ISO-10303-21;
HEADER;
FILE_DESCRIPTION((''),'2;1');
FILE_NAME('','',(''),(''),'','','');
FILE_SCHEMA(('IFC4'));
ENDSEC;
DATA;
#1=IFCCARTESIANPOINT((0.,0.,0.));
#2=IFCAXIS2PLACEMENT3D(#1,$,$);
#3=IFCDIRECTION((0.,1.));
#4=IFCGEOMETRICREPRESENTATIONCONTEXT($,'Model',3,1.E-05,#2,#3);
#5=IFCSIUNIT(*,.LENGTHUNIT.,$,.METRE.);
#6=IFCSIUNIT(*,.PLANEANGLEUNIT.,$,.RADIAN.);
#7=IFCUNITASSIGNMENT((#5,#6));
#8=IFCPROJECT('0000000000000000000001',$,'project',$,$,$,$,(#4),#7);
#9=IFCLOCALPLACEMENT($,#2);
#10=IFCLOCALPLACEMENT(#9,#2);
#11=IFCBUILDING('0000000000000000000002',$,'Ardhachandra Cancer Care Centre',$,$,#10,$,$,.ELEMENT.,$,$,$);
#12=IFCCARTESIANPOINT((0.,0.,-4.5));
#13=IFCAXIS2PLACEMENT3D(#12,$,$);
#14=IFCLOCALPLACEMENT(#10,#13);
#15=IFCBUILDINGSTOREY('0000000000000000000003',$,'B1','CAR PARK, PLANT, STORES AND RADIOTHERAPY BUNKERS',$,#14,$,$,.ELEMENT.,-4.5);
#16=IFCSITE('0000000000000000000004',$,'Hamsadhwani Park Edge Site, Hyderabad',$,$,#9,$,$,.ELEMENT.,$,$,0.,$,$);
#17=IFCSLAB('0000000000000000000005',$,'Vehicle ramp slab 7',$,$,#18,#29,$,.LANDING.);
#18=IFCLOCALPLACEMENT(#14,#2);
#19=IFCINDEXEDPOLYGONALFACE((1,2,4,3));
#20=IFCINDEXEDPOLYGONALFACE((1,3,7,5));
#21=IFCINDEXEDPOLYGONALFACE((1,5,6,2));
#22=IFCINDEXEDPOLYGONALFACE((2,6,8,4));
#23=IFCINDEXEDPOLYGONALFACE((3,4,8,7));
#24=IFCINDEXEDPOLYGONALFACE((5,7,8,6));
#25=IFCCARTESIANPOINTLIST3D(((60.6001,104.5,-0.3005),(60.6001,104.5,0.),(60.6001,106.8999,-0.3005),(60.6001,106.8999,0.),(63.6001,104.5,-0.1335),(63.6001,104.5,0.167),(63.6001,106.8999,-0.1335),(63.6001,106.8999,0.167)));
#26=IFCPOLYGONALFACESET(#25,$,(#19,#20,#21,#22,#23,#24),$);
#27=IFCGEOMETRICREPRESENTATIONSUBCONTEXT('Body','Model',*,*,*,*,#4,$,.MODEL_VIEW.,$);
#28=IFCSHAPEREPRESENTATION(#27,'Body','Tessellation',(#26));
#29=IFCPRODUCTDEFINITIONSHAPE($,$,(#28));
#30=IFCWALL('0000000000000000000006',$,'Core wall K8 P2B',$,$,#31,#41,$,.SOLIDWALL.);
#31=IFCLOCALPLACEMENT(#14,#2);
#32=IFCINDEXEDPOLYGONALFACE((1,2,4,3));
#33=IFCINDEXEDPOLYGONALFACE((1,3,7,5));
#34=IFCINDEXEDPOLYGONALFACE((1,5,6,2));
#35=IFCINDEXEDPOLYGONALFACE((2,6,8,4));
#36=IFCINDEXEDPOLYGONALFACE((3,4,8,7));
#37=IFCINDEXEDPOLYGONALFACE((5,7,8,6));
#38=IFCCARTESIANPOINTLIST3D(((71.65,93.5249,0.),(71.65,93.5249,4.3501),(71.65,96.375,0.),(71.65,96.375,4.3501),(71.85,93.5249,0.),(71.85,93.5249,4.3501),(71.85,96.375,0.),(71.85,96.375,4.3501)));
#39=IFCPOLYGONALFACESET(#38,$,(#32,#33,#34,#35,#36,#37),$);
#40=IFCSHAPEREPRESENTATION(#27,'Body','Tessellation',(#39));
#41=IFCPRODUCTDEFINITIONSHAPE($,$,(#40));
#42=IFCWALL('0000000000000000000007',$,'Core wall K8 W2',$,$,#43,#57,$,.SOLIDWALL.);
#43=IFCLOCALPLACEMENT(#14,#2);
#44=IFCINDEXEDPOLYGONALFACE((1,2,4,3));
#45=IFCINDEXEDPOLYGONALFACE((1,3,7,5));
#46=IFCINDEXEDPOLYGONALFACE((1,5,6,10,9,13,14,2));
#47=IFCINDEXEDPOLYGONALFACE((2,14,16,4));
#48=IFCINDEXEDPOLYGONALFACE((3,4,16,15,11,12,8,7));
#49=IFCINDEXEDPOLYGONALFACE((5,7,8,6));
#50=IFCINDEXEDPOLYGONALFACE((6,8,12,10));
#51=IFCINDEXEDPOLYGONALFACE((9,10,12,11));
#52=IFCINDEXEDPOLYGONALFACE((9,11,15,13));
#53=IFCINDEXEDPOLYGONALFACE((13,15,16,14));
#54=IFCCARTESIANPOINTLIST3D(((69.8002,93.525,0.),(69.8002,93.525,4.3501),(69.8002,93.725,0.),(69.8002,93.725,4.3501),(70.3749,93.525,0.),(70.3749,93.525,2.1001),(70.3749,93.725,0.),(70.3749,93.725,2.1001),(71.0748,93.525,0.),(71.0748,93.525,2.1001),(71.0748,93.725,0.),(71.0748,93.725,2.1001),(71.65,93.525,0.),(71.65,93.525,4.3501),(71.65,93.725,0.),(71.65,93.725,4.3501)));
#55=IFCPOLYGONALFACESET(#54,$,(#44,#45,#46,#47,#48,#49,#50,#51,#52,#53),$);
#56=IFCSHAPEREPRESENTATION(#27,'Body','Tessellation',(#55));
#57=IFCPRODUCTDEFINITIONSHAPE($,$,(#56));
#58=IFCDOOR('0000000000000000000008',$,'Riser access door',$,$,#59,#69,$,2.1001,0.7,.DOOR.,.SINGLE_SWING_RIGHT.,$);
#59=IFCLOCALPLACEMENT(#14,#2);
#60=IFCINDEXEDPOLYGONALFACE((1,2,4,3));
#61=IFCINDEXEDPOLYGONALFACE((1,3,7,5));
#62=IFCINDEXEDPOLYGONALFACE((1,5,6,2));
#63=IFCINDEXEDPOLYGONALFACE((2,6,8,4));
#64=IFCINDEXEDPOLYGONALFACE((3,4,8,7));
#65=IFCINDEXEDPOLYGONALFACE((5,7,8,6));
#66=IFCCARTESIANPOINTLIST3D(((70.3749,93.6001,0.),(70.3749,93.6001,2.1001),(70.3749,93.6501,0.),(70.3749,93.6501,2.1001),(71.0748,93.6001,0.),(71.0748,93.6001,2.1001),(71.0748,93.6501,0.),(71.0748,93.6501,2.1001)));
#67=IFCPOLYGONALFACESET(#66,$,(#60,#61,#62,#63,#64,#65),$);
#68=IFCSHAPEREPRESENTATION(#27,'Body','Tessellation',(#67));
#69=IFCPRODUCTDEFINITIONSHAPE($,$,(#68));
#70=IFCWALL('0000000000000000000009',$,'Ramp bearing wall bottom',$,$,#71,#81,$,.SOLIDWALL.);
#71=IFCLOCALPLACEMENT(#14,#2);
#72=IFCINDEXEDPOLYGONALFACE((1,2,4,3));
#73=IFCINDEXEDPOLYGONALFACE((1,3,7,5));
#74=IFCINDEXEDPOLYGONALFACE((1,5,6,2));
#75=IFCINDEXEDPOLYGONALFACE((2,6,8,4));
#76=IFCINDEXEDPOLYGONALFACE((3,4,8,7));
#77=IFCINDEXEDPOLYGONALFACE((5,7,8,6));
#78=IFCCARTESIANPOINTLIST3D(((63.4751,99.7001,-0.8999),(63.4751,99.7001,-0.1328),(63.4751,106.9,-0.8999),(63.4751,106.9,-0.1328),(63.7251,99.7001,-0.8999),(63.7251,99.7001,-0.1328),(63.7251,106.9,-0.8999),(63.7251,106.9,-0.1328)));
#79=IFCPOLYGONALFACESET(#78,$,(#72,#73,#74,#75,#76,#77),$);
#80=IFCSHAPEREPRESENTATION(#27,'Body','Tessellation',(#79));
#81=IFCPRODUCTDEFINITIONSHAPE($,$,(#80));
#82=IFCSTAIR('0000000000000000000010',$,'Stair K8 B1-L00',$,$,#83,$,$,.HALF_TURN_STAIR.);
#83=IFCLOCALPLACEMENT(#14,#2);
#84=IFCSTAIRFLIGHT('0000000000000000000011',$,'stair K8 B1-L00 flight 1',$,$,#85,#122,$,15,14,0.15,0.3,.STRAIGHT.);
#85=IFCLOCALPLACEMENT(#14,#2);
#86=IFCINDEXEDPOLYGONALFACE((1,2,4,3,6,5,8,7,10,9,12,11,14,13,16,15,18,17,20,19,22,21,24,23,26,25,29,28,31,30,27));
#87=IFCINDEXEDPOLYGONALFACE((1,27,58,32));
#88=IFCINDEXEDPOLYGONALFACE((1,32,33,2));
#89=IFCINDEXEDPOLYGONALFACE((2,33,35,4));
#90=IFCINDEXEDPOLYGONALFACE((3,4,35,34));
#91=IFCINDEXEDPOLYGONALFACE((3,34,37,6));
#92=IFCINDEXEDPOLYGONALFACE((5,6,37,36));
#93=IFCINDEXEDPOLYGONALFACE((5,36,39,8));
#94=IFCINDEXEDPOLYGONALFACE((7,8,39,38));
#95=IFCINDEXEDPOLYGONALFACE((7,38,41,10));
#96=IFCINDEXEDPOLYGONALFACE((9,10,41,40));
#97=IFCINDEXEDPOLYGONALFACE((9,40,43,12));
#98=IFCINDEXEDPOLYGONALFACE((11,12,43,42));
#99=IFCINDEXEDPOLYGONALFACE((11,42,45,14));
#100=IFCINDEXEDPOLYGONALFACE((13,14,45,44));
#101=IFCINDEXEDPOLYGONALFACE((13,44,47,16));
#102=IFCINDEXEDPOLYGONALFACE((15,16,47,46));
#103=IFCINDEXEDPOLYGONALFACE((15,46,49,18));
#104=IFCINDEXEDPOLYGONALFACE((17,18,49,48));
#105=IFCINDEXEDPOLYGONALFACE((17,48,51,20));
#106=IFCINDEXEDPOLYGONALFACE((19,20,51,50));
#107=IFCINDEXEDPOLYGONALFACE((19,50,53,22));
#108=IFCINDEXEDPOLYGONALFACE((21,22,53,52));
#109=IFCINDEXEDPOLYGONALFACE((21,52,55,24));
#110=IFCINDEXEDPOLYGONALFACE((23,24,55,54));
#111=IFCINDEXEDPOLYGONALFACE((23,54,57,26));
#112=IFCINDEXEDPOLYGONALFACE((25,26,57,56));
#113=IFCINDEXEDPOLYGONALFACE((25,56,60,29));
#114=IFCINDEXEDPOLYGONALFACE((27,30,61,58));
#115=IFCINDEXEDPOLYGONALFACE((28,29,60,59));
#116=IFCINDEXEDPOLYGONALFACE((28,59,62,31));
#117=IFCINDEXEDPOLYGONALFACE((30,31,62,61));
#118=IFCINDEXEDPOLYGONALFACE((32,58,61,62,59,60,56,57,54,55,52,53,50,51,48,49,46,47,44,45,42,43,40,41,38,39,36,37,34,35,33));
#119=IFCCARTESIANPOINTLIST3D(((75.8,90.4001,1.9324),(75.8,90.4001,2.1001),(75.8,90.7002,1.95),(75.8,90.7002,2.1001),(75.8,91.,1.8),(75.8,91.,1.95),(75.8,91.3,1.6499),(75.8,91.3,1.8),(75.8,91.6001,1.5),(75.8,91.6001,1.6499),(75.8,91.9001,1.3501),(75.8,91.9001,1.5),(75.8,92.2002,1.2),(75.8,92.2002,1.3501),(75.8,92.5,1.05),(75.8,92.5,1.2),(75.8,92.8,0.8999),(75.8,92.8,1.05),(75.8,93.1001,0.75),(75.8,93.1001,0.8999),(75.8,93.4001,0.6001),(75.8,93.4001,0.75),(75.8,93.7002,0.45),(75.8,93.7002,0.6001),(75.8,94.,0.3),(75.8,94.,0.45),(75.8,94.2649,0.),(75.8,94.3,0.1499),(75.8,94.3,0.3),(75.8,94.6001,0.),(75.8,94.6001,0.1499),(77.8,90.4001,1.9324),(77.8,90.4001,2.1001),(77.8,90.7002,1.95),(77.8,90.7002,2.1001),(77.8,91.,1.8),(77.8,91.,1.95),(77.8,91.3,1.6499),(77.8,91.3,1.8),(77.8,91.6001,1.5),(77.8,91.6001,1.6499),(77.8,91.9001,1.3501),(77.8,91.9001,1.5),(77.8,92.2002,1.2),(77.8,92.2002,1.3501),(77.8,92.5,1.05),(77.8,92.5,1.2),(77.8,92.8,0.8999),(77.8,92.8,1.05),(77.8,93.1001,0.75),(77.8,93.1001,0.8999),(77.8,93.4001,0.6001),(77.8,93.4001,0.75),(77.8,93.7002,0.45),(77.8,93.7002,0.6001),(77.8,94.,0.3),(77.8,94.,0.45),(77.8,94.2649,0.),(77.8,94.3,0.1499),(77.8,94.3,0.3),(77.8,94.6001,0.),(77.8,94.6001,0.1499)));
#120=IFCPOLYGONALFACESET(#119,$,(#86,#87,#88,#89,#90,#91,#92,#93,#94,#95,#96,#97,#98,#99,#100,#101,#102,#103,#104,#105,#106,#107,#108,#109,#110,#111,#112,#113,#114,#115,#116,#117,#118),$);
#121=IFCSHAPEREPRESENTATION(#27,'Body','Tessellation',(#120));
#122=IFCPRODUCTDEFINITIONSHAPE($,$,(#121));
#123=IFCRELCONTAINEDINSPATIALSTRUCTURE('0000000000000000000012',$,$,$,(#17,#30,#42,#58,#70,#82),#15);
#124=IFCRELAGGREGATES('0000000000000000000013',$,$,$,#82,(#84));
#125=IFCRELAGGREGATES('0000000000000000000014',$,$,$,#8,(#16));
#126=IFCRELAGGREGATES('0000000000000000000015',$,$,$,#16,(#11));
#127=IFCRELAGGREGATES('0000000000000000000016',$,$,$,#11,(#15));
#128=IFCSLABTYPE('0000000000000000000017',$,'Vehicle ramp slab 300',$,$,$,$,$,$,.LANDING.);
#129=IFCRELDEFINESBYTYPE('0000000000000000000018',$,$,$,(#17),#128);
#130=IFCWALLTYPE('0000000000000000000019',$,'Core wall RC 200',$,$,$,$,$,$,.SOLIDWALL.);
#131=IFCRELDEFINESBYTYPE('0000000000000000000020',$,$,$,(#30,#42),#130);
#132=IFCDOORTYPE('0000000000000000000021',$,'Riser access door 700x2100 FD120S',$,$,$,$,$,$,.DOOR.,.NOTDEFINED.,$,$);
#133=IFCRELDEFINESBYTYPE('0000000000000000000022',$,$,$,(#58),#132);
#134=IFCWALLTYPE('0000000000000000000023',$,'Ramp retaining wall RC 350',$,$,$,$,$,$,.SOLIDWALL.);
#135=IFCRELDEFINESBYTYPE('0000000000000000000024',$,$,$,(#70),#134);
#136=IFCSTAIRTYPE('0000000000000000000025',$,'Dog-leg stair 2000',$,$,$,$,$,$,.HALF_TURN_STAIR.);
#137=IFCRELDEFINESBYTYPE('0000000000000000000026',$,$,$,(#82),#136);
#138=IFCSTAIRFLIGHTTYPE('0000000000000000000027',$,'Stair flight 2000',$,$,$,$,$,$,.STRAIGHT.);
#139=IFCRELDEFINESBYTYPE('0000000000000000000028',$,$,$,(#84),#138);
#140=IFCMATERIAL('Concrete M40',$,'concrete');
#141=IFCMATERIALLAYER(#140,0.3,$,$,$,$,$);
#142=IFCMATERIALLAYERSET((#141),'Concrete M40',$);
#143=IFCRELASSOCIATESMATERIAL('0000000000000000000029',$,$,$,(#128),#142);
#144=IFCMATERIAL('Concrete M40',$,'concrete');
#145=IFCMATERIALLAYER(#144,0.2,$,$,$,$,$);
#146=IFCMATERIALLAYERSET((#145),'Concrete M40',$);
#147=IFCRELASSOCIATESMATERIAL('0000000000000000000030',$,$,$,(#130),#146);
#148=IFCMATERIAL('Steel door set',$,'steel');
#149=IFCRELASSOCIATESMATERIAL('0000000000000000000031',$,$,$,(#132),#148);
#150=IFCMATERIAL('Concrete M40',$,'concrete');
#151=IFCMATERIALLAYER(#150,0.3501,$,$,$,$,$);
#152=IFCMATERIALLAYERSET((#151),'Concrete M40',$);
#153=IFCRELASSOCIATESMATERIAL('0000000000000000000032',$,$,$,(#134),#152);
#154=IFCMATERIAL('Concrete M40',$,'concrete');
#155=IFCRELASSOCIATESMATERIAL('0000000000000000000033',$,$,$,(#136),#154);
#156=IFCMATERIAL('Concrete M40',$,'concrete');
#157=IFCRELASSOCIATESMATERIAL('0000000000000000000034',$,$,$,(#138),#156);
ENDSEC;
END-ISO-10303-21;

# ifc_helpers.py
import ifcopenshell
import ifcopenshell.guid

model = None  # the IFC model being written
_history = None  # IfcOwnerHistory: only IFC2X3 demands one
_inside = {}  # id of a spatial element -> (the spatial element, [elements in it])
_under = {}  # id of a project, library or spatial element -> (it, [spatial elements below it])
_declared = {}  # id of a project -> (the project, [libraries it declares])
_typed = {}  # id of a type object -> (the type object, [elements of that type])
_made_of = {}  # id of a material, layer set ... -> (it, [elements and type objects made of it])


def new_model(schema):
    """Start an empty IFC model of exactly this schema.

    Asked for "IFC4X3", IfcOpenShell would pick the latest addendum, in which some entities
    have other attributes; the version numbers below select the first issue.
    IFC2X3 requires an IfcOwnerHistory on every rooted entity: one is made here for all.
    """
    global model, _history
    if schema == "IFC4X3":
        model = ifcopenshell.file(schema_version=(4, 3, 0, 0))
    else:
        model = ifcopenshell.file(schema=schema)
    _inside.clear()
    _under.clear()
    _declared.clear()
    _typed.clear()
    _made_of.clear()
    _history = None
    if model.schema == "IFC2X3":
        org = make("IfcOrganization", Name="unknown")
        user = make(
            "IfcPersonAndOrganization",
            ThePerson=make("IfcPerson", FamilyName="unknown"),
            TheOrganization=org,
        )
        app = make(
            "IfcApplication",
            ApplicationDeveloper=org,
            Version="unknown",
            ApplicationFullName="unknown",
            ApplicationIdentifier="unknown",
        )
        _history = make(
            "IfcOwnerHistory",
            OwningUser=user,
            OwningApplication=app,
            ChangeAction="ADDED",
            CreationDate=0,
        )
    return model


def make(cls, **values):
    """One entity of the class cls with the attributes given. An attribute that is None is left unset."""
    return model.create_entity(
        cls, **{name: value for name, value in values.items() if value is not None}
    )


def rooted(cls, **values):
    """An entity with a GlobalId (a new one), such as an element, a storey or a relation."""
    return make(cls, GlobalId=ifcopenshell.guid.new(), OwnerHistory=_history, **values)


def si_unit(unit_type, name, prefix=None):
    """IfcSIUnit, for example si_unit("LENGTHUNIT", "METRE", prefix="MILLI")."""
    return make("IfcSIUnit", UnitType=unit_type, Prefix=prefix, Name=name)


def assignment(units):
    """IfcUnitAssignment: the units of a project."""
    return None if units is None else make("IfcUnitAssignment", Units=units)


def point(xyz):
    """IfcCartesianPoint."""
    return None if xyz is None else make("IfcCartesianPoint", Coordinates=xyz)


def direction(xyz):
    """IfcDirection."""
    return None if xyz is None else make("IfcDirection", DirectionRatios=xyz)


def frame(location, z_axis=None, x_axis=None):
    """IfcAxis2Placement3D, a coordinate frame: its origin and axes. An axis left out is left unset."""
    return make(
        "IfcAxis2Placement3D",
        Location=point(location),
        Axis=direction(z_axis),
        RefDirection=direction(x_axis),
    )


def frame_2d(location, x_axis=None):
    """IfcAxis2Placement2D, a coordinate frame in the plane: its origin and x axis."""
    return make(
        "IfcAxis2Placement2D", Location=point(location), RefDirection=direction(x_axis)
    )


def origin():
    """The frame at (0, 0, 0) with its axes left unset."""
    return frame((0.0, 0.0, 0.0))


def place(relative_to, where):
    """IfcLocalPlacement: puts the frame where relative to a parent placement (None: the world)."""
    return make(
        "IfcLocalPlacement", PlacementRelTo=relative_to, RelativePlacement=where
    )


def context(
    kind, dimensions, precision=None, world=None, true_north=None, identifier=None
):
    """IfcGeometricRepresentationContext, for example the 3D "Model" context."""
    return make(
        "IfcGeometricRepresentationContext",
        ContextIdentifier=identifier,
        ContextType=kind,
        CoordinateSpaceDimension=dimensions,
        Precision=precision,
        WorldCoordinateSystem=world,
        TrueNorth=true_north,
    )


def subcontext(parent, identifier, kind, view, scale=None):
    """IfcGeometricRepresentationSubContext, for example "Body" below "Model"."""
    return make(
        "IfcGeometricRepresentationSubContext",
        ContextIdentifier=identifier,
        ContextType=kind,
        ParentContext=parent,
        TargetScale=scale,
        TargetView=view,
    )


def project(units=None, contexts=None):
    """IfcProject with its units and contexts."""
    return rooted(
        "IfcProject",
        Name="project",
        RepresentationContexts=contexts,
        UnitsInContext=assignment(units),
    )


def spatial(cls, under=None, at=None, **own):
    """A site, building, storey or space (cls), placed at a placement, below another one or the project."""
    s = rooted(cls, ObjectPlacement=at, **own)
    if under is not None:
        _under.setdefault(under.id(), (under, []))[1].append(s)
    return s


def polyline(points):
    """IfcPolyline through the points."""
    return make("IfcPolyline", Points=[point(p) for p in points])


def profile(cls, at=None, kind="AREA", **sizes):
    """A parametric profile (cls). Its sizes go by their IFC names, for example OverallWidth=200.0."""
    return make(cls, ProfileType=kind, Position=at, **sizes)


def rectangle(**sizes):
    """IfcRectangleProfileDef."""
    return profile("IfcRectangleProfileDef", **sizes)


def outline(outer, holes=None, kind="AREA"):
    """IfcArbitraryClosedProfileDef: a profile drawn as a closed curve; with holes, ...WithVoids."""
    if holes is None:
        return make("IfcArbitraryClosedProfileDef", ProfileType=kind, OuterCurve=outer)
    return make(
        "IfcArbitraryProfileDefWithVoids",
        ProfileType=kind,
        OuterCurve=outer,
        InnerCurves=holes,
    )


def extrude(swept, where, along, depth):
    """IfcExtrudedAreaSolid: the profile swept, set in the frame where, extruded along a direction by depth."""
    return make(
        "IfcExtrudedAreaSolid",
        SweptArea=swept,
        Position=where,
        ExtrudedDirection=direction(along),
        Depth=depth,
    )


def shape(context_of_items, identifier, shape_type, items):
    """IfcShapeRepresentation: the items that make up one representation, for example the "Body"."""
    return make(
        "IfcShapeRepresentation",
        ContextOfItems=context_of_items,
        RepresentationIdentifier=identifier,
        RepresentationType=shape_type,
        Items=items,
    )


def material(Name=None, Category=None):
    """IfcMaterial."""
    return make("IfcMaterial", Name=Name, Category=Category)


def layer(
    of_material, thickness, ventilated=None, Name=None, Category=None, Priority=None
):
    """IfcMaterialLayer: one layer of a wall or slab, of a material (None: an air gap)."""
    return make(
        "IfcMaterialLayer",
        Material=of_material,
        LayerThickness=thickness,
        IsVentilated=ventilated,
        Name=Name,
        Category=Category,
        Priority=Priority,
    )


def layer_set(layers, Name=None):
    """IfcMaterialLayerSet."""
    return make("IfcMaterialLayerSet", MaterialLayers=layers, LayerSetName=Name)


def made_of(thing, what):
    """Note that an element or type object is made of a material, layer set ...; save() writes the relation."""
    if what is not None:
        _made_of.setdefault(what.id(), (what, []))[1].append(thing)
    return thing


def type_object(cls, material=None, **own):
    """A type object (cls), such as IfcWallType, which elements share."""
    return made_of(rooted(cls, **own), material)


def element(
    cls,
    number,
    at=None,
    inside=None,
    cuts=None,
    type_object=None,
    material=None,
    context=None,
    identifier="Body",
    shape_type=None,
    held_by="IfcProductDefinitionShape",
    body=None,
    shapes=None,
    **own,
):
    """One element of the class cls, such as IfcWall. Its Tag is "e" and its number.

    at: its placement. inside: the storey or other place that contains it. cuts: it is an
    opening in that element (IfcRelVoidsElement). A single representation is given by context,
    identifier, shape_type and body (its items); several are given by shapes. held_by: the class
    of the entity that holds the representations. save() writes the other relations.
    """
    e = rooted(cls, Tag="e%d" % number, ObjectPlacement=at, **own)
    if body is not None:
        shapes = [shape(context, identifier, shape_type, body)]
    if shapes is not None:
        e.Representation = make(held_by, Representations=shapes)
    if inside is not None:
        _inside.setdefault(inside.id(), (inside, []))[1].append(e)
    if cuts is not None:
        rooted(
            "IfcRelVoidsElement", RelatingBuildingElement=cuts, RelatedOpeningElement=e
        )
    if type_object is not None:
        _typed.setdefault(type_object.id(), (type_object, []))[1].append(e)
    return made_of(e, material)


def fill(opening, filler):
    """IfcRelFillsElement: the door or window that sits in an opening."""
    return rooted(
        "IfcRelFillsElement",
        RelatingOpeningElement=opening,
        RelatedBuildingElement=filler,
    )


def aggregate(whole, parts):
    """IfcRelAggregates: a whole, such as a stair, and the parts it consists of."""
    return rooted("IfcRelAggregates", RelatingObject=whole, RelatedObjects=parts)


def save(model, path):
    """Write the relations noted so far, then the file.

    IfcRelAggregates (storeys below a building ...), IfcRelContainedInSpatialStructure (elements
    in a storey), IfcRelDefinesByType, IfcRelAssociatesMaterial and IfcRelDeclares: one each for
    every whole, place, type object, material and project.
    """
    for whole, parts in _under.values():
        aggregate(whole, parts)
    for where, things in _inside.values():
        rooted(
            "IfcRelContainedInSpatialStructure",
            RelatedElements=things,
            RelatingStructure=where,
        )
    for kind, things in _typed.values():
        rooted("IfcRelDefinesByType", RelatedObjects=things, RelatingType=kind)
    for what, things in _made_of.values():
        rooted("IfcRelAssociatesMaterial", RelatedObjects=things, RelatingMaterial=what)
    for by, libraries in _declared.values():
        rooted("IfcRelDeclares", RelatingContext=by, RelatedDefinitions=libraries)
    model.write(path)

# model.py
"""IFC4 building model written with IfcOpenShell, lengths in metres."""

from ifc_helpers import new_model, si_unit, direction, frame, frame_2d, origin, place, context, subcontext, project, spatial, polyline, rectangle, outline, extrude, material, layer, layer_set, type_object, element, fill, aggregate, save


model = new_model("IFC4")

# Units and contexts
model_context = context("Model", 3, precision=1e-05, world=origin(), true_north=direction((0.0, 1.0)))
body_context = subcontext(model_context, "Body", "Model", "MODEL_VIEW")
ifc_project = project(units=[si_unit("LENGTHUNIT", "METRE"), si_unit("PLANEANGLEUNIT", "RADIAN")], contexts=[model_context])

# Site, building, storey
site_placement = place(None, origin())
site = spatial("IfcSite", under=ifc_project, at=site_placement, Name="Hamsadhwani Park Edge Site, Hyderabad", CompositionType="ELEMENT", RefElevation=0.0)
building_placement = place(site_placement, origin())
building = spatial("IfcBuilding", under=site, at=building_placement, Name="Ardhachandra Cancer Care Centre", CompositionType="ELEMENT")
storey_placement = place(building_placement, frame((0.0, 0.0, -4.5)))
storey = spatial("IfcBuildingStorey", under=building, at=storey_placement, Name="B1", Description="CAR PARK, PLANT, STORES AND RADIOTHERAPY BUNKERS", CompositionType="ELEMENT", Elevation=-4.5)

# Slab
ifc_material_1 = material(Name="Concrete M40", Category="concrete")
ifc_layer_1 = layer(ifc_material_1, 0.3)
ifc_layer_set_1 = layer_set([ifc_layer_1], Name="Concrete M40")
slab_type = type_object("IfcSlabType", Name="Vehicle ramp slab 300", PredefinedType="LANDING", material=ifc_layer_set_1)
for number, where, z_axis, x_axis, name in (
    (1, (63.6001, 105.7, 0.167), (0.0, 0.0, 1.0), (-1.0, 0.0, 0.0), "Vehicle ramp slab 7"),
):
    element("IfcSlab", number, at=place(storey_placement, frame(where, z_axis=z_axis, x_axis=x_axis)), inside=storey, type_object=slab_type, Name=name, PredefinedType="LANDING", context=body_context, shape_type="SweptSolid", body=[
        extrude(outline(polyline([(0.0, -0.3005), (3.0, -0.4675), (3.0, -0.167), (0.0, 0.0), (0.0, -0.3005)])), frame((0.0, 1.2, 0.0), z_axis=(0.0, -1.0, 0.0), x_axis=(1.0, 0.0, 0.0)), (0.0, 0.0, 1.0), 2.3999),
    ])

# Wall
ifc_material_2 = material(Name="Concrete M40", Category="concrete")
ifc_layer_2 = layer(ifc_material_2, 0.2)
ifc_layer_set_2 = layer_set([ifc_layer_2], Name="Concrete M40")
wall_type_1 = type_object("IfcWallType", Name="Core wall RC 200", PredefinedType="SOLIDWALL", material=ifc_layer_set_2)
wall_1_placement = place(storey_placement, frame((71.75, 93.5249, 0.0), z_axis=(0.0, 0.0, 1.0), x_axis=(0.0, 1.0, 0.0)))
element("IfcWall", 2, at=wall_1_placement, inside=storey, type_object=wall_type_1, Name="Core wall K8 P2B", PredefinedType="SOLIDWALL", context=body_context, shape_type="SweptSolid", body=[
    extrude(rectangle(XDim=2.8501, YDim=0.2, at=frame_2d((1.425, 0.0))), origin(), (0.0, 0.0, 1.0), 4.3501),
])

# Wall, opening, door
wall_2_placement = place(storey_placement, frame((71.6499, 93.625, 0.0), z_axis=(0.0, 0.0, 1.0), x_axis=(-1.0, 0.0, 0.0)))
wall_2 = element("IfcWall", 3, at=wall_2_placement, inside=storey, type_object=wall_type_1, Name="Core wall K8 W2", PredefinedType="SOLIDWALL", context=body_context, shape_type="SweptSolid", body=[
    extrude(rectangle(XDim=1.8499, YDim=0.2, at=frame_2d((0.9248, 0.0))), origin(), (0.0, 0.0, 1.0), 4.3501),
])
opening_placement = place(wall_2_placement, frame((0.575, 0.0, 0.0)))
opening = element("IfcOpeningElement", 4, at=opening_placement, cuts=wall_2, PredefinedType="OPENING", context=body_context, shape_type="SweptSolid", body=[
    extrude(rectangle(XDim=0.7, YDim=2.1001, at=frame_2d((0.3501, 1.05))), frame((0.0, 0.1099, 0.0), z_axis=(0.0, -1.0, 0.0), x_axis=(1.0, 0.0, 0.0)), (0.0, 0.0, 1.0), 0.22),
])
ifc_material_3 = material(Name="Steel door set", Category="steel")
door_type = type_object("IfcDoorType", Name="Riser access door 700x2100 FD120S", OperationType="NOTDEFINED", PredefinedType="DOOR", material=ifc_material_3)
door_placement = place(opening_placement, origin())
door = element("IfcDoor", 5, at=door_placement, inside=storey, type_object=door_type, Name="Riser access door", OperationType="SINGLE_SWING_RIGHT", OverallHeight=2.1001, OverallWidth=0.7, PredefinedType="DOOR", context=body_context, shape_type="SweptSolid", body=[
    extrude(rectangle(XDim=0.7, YDim=2.1001, at=frame_2d((0.3501, 1.05))), frame((0.0, 0.0249, 0.0), z_axis=(0.0, -1.0, 0.0), x_axis=(1.0, 0.0, 0.0)), (0.0, 0.0, 1.0), 0.05),
])
fill(opening, door)

# Wall
ifc_material_4 = material(Name="Concrete M40", Category="concrete")
ifc_layer_3 = layer(ifc_material_4, 0.3501)
ifc_layer_set_3 = layer_set([ifc_layer_3], Name="Concrete M40")
wall_type_2 = type_object("IfcWallType", Name="Ramp retaining wall RC 350", PredefinedType="SOLIDWALL", material=ifc_layer_set_3)
wall_3_placement = place(storey_placement, frame((63.6001, 99.7, -0.8999), z_axis=(0.0, 0.0, 1.0), x_axis=(0.0, 1.0, 0.0)))
element("IfcWall", 6, at=wall_3_placement, inside=storey, type_object=wall_type_2, Name="Ramp bearing wall bottom", PredefinedType="SOLIDWALL", context=body_context, shape_type="SweptSolid", body=[
    extrude(rectangle(XDim=7.2, YDim=0.25, at=frame_2d((3.6001, 0.0))), origin(), (0.0, 0.0, 1.0), 0.7671),
])

# Stair, stair flight
ifc_material_5 = material(Name="Concrete M40", Category="concrete")
stair_type = type_object("IfcStairType", Name="Dog-leg stair 2000", PredefinedType="HALF_TURN_STAIR", material=ifc_material_5)
stair_placement = place(storey_placement, origin())
stair = element("IfcStair", 7, at=stair_placement, inside=storey, type_object=stair_type, Name="Stair K8 B1-L00", PredefinedType="HALF_TURN_STAIR")
ifc_material_6 = material(Name="Concrete M40", Category="concrete")
stair_flight_type = type_object("IfcStairFlightType", Name="Stair flight 2000", PredefinedType="STRAIGHT", material=ifc_material_6)
stair_flight_placement = place(storey_placement, frame((76.8, 94.6001, 0.0), z_axis=(0.0, 0.0, 1.0), x_axis=(0.0, -1.0, 0.0)))
stair_flight = element("IfcStairFlight", 8, at=stair_flight_placement, type_object=stair_flight_type, Name="stair K8 B1-L00 flight 1", NumberOfRisers=15, NumberOfTreads=14, PredefinedType="STRAIGHT", RiserHeight=0.15, TreadLength=0.3, context=body_context, shape_type="SweptSolid", body=[
    extrude(outline(polyline([(0.0, 0.0), (0.0, 0.1499), (0.3, 0.1499), (0.3, 0.3), (0.6001, 0.3), (0.6001, 0.45), (0.8999, 0.45), (0.8999, 0.6001), (1.2, 0.6001), (1.2, 0.75), (1.5, 0.75), (1.5, 0.8999), (1.8, 0.8999), (1.8, 1.05), (2.1001, 1.05), (2.1001, 1.2), (2.3999, 1.2), (2.3999, 1.3501), (2.7, 1.3501), (2.7, 1.5), (3.0, 1.5), (3.0, 1.6499), (3.3, 1.6499), (3.3, 1.8), (3.6001, 1.8), (3.6001, 1.95), (3.8999, 1.95), (3.8999, 2.1001), (4.2, 2.1001), (4.2, 2.25), (4.2, 1.9324), (0.3352, 0.0), (0.0, 0.0)])), frame((0.0, 1.0, 0.0), z_axis=(0.0, -1.0, 0.0), x_axis=(1.0, 0.0, 0.0)), (0.0, 0.0, 1.0), 2.0),
])
aggregate(stair, [stair_flight])

save(model, "model.ifc")
